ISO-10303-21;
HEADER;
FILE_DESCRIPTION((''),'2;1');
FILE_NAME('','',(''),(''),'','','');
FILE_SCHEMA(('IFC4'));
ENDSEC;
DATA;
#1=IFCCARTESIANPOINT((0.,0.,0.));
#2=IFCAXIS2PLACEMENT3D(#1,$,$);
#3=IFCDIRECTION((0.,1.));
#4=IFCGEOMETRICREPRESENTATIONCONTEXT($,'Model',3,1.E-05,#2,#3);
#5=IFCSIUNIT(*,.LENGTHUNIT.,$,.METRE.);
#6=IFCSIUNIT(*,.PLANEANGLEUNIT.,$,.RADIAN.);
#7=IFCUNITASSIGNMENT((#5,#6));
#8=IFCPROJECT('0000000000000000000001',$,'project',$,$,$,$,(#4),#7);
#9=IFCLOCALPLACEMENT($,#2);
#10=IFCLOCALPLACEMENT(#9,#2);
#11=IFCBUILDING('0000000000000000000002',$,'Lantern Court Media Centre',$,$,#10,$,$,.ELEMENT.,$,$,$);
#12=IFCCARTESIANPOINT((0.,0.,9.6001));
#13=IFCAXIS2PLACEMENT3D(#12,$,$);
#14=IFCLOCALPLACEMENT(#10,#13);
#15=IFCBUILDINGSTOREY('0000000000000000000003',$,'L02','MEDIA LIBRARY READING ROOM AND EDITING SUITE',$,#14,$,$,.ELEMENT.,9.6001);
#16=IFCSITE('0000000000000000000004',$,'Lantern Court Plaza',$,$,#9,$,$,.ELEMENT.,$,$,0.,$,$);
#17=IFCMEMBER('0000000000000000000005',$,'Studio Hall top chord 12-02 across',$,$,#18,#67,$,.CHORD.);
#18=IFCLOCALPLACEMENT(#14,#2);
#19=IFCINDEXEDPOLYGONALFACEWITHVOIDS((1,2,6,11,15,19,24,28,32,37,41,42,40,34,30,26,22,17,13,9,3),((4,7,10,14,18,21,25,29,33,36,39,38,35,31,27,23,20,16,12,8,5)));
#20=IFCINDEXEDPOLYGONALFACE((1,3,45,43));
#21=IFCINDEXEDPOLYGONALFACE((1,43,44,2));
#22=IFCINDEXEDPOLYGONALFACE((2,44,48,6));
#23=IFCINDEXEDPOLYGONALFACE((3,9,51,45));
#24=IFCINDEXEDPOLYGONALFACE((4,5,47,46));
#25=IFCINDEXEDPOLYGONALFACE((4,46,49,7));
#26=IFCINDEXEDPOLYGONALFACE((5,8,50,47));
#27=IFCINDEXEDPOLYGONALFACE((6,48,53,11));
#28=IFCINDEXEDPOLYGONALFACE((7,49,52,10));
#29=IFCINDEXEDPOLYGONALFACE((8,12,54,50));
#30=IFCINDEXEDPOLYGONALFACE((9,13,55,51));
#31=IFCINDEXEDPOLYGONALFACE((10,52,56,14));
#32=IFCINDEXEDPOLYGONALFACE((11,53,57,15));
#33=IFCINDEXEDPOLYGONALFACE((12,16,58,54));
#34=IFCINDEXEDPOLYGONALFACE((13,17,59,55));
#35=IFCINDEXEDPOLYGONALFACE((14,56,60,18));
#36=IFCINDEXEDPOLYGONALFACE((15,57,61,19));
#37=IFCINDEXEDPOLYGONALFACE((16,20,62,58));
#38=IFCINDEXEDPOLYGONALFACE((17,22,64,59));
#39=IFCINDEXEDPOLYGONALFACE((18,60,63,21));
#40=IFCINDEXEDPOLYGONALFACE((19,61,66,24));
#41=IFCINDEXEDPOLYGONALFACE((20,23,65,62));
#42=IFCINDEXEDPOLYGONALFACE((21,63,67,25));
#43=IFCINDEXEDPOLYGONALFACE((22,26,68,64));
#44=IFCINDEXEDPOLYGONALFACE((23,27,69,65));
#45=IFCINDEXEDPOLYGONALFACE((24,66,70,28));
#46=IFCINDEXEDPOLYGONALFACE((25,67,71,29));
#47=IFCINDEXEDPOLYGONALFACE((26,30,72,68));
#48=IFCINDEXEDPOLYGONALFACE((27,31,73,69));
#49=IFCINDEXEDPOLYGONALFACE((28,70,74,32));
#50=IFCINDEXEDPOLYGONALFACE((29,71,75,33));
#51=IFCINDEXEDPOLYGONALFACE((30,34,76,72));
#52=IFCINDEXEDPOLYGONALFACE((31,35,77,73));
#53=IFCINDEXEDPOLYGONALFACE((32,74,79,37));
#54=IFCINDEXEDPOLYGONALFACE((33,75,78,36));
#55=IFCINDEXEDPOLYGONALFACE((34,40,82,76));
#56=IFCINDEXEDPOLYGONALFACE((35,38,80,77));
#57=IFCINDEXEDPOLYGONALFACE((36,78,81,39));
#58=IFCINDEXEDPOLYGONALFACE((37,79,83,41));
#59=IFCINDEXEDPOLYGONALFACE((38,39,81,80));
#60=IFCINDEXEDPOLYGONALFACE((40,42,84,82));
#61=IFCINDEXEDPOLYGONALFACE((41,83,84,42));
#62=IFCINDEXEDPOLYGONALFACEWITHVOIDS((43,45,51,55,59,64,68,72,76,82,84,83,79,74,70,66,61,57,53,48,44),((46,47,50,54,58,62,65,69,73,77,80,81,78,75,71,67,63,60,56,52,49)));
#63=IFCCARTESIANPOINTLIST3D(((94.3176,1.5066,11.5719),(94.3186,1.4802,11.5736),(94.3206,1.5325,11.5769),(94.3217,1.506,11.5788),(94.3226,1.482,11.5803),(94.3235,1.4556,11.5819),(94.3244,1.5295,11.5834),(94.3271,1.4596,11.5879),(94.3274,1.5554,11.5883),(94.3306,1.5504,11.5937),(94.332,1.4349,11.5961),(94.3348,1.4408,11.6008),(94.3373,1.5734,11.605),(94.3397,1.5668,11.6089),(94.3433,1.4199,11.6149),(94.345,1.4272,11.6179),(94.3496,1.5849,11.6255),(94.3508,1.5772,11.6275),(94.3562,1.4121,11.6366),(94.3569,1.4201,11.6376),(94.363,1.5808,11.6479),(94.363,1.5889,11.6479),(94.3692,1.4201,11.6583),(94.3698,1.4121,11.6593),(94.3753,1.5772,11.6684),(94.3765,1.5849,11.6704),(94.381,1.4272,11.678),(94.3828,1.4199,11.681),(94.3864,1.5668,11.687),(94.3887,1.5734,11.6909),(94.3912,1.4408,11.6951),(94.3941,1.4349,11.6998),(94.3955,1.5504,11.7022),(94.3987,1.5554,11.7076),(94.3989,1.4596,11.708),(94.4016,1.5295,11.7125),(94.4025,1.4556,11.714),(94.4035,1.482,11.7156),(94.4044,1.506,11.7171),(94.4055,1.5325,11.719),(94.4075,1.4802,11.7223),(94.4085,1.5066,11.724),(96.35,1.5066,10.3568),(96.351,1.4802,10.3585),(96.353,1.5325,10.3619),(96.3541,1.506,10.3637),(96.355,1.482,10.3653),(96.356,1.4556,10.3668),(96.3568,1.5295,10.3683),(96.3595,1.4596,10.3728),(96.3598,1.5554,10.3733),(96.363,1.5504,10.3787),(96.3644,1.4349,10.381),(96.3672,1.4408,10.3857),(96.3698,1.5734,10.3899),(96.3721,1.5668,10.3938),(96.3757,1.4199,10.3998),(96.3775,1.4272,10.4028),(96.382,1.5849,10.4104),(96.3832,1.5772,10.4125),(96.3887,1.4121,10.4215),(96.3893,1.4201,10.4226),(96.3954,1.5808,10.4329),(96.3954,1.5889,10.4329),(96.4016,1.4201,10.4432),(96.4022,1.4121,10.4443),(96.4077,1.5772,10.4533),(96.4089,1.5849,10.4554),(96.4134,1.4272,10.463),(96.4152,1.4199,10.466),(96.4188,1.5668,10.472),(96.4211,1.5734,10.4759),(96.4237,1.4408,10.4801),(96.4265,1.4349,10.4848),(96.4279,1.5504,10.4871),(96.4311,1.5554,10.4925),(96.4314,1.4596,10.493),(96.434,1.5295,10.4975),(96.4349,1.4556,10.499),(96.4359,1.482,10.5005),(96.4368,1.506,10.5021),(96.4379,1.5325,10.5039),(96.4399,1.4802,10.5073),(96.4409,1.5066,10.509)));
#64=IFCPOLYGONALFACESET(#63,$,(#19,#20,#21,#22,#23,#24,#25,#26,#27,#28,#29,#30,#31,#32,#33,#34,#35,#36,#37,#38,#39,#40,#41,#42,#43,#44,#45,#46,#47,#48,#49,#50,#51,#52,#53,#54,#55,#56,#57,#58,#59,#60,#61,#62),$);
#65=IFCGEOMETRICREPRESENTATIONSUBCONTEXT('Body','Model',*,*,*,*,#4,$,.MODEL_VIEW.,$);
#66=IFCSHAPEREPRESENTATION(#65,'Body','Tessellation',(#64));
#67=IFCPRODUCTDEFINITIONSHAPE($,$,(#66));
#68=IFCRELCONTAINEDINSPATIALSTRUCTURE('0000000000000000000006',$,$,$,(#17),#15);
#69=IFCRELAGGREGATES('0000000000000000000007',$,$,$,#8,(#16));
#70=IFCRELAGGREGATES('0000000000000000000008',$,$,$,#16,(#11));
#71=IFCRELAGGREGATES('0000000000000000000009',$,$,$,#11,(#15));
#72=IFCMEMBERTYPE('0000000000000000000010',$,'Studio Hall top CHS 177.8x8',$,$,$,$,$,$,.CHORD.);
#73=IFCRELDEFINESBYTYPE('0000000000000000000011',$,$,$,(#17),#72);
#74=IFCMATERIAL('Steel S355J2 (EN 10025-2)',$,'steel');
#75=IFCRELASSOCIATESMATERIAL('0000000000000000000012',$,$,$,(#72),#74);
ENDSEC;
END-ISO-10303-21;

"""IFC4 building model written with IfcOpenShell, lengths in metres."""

from ifc_helpers import new_model, si_unit, direction, frame, origin, origin_2d, place, context, subcontext, project, spatial, hollow_circle, extrude, material, material_profile, profile_set, type_object, element, save


model = new_model("IFC4")

# Units and contexts
model_context = context("Model", 3, precision=1e-05, world=origin(), true_north=direction((0.0, 1.0)))
body_context = subcontext(model_context, "Body", "Model", "MODEL_VIEW")
ifc_project = project(units=[si_unit("LENGTHUNIT", "METRE"), si_unit("PLANEANGLEUNIT", "RADIAN")], contexts=[model_context])

# Site, building, storey
site_placement = place(None, origin())
site = spatial("IfcSite", under=ifc_project, at=site_placement, Name="Lantern Court Plaza", CompositionType="ELEMENT", RefElevation=0.0)
building_placement = place(site_placement, origin())
building = spatial("IfcBuilding", under=site, at=building_placement, Name="Lantern Court Media Centre", CompositionType="ELEMENT")
storey_placement = place(building_placement, frame((0.0, 0.0, 9.6001)))
storey = spatial("IfcBuildingStorey", under=building, at=storey_placement, Name="L02", Description="MEDIA LIBRARY READING ROOM AND EDITING SUITE", CompositionType="ELEMENT", Elevation=9.6001)

# Member
ifc_material = material(Name="Steel S355J2 (EN 10025-2)", Category="steel")
ifc_material_profile_1 = material_profile(ifc_material, hollow_circle(Radius=0.0889, WallThickness=0.0081, at=origin_2d()), Name="Studio Hall top CHS 177.8x8")
ifc_profile_set_1 = profile_set([ifc_material_profile_1], Name="Steel S355J2 (EN 10025-2)")
member_type_1 = type_object("IfcMemberType", Name="Studio Hall top CHS 177.8x8", PredefinedType="CHORD", material=ifc_profile_set_1)
for number, where, z_axis, x_axis, name in (
    (1, (94.363, 1.5, 11.6479), (0.858311, 0.0, -0.513131), (0.0, 1.0, 0.0), "Studio Hall top chord 12-02 across"),
):
    element("IfcMember", number, at=place(storey_placement, frame(where, z_axis=z_axis, x_axis=x_axis)), inside=storey, type_object=member_type_1, Name=name, PredefinedType="CHORD", context=body_context, shape_type="SweptSolid", body=[
        extrude(hollow_circle(Radius=0.0889, WallThickness=0.0081, at=origin_2d()), origin(), (0.0, 0.0, 1.0), 2.3679),
    ])

save(model, "model.ifc")
